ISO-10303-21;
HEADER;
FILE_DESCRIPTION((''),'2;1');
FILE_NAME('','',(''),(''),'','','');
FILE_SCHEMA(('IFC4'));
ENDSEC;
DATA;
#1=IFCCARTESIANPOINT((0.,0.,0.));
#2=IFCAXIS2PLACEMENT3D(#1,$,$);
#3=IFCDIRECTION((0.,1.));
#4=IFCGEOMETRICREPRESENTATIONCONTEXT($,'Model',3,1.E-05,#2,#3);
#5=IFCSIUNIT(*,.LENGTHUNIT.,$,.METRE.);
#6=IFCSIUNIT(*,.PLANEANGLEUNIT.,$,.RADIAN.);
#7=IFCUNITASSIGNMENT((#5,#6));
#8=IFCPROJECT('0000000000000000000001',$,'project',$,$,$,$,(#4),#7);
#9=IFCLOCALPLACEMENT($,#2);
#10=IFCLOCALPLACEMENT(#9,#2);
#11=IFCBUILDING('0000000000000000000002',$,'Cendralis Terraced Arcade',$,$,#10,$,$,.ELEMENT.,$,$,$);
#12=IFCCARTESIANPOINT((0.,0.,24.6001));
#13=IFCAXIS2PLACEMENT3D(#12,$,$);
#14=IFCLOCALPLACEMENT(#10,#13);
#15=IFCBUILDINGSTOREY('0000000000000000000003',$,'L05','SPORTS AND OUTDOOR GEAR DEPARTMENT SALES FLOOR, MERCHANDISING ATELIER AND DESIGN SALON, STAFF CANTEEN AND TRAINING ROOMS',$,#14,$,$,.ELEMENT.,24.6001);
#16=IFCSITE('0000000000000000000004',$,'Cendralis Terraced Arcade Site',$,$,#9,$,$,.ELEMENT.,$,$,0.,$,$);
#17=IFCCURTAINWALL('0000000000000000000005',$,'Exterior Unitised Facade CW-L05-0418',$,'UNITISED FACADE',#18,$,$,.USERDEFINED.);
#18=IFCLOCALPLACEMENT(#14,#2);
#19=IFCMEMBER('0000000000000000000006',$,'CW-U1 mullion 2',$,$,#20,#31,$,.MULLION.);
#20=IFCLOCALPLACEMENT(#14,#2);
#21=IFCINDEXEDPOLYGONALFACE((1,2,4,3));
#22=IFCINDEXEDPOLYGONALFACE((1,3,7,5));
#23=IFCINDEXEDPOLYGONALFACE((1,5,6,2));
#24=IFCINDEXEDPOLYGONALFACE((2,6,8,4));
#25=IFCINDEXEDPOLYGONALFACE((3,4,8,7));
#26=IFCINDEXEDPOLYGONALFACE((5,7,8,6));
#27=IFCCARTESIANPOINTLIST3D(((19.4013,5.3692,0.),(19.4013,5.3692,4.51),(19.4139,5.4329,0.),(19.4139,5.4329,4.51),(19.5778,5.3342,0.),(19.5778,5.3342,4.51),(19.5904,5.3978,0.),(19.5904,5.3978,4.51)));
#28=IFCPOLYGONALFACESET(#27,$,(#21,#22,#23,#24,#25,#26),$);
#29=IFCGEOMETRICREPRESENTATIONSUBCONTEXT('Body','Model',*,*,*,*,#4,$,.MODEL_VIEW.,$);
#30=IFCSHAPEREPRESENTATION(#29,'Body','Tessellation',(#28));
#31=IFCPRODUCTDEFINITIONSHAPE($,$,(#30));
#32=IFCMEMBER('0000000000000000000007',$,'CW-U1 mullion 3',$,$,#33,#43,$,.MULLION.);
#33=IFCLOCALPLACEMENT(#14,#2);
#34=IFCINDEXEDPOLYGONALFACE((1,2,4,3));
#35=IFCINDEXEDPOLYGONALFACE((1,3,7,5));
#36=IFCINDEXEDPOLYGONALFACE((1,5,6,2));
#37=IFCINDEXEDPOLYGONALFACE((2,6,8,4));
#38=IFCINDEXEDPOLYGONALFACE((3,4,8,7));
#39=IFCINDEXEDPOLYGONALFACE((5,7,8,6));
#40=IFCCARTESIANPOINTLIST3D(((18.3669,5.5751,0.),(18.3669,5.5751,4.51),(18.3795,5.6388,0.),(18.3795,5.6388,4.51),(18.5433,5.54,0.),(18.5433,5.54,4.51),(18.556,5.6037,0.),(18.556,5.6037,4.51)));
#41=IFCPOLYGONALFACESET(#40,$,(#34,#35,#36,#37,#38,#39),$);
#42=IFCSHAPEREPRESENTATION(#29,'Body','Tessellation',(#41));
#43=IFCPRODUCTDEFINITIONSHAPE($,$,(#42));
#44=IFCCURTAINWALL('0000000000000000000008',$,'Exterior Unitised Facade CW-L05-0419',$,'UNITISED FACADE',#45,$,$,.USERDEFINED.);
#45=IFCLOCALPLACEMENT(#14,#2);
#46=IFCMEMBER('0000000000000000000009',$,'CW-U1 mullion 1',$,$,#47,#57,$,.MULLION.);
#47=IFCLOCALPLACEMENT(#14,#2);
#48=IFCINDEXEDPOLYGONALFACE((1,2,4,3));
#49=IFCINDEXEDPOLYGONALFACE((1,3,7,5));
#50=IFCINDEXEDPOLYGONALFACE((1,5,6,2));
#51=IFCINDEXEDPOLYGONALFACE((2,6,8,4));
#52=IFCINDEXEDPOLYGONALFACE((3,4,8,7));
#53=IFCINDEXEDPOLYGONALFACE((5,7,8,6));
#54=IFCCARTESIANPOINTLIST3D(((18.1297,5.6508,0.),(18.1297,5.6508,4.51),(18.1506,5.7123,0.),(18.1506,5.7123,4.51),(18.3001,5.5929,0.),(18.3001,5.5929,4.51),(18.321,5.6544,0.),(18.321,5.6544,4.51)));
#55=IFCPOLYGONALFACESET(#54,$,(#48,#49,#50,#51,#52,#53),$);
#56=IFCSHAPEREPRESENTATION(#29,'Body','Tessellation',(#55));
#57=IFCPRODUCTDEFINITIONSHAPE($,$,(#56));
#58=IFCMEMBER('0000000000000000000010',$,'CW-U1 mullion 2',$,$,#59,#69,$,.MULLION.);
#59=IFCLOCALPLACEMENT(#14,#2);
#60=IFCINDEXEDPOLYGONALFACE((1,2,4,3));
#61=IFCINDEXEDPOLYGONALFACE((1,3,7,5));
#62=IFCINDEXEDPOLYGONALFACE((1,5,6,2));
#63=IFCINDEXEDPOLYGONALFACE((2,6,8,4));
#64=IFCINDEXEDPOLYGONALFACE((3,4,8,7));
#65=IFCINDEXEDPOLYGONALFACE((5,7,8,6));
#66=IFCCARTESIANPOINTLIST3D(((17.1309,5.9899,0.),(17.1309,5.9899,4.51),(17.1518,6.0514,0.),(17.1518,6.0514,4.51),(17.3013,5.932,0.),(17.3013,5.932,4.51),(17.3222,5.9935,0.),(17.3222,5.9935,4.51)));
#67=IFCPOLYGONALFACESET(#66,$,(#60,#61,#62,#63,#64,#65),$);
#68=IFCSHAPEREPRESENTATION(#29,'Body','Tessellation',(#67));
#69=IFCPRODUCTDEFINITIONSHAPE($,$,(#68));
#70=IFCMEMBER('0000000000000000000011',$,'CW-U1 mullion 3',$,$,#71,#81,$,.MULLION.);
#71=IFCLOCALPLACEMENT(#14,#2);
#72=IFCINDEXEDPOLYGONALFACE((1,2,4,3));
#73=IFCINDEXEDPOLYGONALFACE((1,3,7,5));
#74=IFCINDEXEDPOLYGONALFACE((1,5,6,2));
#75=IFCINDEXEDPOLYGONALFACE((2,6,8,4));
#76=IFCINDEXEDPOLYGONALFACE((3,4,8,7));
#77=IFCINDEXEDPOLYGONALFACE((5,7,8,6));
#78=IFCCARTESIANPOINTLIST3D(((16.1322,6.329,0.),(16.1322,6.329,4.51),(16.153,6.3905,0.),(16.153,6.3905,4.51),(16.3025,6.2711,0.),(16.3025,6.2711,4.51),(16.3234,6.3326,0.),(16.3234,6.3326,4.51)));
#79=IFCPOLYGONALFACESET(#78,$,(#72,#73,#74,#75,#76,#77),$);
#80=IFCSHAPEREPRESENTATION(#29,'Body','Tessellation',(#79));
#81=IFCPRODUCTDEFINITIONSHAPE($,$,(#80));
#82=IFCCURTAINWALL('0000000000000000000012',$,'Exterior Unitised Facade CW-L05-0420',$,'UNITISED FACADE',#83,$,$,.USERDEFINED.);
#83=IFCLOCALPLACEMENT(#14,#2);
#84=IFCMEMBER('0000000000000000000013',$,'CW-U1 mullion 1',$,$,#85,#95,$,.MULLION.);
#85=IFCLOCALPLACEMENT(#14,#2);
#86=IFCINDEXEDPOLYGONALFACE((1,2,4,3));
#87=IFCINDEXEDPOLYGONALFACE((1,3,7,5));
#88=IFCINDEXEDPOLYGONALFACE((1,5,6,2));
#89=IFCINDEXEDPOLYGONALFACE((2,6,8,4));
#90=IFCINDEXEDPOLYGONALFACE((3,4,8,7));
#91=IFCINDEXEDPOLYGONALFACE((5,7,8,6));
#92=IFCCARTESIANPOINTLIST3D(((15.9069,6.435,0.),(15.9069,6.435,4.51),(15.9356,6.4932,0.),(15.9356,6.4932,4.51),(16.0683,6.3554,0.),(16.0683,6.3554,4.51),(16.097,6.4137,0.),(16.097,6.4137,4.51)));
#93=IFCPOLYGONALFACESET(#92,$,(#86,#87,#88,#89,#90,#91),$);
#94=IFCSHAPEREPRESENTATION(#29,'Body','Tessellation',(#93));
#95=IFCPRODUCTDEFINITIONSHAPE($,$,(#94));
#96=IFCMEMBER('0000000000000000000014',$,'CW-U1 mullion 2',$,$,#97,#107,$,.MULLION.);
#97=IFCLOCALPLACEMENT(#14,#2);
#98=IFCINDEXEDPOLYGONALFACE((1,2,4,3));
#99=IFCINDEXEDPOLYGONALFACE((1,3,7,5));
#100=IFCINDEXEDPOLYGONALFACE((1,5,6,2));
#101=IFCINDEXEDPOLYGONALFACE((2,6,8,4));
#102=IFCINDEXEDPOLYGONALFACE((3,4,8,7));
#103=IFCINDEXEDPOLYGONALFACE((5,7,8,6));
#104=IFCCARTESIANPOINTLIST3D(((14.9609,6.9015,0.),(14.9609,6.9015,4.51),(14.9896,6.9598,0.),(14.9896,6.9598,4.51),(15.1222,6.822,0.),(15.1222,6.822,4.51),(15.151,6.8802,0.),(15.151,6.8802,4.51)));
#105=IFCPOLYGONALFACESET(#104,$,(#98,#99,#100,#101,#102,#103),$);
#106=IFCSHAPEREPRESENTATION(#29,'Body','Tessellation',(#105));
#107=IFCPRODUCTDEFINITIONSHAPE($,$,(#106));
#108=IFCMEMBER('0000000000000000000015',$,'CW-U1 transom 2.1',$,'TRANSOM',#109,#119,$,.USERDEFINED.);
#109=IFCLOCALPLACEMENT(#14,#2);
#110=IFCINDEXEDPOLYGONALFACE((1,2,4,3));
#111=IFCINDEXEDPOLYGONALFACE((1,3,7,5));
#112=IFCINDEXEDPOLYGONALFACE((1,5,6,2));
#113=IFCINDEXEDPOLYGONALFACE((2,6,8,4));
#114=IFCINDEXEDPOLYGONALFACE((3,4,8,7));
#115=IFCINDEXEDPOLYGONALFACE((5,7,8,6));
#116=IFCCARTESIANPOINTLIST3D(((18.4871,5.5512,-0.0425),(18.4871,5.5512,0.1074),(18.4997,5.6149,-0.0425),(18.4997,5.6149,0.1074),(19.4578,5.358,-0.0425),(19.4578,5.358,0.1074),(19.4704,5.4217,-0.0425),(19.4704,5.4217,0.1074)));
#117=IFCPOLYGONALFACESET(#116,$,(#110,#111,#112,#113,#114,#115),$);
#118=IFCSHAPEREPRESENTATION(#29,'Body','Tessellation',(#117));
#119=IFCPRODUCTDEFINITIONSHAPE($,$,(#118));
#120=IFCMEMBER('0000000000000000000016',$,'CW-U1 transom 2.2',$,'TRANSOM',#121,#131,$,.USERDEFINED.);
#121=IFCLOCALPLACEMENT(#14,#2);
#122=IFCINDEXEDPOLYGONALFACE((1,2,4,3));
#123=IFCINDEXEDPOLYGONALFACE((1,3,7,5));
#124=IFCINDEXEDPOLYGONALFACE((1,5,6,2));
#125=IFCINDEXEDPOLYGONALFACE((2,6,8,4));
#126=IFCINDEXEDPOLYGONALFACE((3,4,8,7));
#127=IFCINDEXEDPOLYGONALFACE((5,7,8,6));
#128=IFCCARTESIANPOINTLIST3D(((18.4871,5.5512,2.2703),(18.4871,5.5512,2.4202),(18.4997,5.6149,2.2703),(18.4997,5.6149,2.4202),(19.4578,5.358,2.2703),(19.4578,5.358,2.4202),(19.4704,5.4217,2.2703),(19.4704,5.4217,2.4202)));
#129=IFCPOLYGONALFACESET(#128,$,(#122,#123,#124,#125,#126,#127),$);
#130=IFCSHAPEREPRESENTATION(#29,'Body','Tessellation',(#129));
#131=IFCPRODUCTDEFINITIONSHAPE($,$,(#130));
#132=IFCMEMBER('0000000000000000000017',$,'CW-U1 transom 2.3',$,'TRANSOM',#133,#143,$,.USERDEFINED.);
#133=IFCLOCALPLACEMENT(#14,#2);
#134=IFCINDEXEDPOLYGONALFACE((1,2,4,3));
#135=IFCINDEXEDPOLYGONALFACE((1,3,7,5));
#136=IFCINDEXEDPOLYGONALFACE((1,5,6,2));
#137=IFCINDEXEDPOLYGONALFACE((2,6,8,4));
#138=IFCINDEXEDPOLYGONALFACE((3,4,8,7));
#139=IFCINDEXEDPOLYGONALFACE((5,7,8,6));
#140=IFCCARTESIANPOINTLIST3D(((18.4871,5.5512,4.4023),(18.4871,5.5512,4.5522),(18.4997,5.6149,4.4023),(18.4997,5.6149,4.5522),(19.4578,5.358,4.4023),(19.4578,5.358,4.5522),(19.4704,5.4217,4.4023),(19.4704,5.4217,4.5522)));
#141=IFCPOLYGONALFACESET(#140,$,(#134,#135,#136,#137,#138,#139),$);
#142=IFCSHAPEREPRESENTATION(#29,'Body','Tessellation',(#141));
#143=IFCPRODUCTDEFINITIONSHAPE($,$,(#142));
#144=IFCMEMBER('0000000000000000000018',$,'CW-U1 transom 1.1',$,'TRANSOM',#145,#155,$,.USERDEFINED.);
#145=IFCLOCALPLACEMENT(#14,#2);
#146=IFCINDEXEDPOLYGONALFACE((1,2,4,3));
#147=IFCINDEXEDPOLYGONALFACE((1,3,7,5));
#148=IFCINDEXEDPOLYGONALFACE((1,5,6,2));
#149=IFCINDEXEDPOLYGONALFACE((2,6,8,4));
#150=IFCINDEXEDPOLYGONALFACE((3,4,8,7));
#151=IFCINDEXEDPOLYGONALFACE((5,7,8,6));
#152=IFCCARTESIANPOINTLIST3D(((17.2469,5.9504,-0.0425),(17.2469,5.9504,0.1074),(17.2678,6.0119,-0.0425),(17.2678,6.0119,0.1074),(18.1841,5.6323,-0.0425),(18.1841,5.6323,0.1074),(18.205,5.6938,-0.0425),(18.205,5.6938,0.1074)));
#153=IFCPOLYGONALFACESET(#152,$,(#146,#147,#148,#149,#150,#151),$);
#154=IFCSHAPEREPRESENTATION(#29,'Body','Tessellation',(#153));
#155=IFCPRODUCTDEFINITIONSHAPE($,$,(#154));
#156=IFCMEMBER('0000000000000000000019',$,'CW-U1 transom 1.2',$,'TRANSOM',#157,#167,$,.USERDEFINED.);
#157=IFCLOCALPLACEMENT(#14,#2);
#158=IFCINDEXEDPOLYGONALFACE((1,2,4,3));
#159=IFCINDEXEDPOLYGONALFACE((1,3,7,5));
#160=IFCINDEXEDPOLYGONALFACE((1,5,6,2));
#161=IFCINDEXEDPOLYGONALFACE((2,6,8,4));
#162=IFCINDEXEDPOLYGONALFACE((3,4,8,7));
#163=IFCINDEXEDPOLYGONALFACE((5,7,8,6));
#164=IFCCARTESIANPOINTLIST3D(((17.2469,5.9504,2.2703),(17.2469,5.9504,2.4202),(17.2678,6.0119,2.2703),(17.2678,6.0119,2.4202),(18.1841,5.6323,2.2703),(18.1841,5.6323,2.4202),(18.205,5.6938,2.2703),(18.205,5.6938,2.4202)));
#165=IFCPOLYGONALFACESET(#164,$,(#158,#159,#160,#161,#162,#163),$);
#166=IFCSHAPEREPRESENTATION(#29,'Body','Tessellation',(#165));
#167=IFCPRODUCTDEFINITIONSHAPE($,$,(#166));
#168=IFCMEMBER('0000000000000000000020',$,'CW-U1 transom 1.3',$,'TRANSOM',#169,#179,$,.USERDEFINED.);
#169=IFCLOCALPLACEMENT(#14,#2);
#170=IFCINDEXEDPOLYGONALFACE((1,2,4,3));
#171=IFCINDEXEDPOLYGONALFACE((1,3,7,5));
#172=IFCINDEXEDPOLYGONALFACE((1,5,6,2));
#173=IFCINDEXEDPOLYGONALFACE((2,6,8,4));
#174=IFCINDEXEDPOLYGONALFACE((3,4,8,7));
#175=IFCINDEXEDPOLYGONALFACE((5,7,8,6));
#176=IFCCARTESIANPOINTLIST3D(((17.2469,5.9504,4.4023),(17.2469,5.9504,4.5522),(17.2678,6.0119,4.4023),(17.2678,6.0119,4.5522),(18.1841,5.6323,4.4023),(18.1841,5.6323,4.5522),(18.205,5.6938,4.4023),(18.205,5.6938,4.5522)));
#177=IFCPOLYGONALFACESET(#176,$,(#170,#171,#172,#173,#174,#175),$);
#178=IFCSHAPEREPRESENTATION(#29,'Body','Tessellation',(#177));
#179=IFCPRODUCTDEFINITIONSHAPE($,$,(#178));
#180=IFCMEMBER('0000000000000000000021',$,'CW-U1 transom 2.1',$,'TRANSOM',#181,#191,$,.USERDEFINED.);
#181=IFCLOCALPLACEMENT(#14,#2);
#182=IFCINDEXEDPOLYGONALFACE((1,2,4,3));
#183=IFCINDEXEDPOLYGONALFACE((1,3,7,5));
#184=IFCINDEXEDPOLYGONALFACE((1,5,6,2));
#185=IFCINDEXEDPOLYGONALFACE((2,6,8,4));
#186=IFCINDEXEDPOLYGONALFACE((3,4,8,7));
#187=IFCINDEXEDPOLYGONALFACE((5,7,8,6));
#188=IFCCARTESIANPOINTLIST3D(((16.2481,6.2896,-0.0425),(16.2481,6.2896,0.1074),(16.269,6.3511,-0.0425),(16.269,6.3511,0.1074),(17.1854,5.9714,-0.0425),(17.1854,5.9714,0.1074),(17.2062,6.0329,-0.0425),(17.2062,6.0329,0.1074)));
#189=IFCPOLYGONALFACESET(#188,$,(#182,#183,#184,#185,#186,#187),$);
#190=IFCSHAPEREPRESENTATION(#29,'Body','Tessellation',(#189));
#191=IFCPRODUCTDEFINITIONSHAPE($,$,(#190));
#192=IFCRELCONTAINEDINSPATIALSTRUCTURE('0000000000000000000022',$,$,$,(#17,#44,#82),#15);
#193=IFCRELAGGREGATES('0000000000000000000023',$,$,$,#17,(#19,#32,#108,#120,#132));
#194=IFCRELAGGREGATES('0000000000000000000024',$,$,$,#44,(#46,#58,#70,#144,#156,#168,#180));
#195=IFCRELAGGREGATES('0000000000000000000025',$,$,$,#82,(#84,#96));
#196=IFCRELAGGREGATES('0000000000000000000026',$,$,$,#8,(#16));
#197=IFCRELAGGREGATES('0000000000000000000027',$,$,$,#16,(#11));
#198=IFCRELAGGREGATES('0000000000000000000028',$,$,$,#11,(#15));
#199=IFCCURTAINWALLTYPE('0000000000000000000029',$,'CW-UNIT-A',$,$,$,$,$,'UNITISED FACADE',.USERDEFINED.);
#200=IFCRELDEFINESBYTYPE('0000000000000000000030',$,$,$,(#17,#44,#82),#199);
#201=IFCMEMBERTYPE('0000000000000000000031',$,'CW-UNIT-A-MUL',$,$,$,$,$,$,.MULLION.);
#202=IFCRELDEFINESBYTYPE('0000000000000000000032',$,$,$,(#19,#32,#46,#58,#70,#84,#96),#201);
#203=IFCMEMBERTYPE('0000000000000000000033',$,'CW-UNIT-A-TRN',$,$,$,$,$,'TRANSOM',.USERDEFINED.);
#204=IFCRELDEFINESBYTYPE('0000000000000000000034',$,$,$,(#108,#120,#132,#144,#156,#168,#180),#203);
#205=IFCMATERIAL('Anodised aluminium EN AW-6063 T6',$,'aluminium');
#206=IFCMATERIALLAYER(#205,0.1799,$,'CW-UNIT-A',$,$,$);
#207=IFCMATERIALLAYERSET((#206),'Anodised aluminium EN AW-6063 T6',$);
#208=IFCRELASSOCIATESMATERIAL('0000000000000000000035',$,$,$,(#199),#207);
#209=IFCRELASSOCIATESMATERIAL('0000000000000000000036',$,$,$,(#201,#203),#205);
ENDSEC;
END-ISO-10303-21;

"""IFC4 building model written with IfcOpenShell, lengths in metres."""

from ifc_helpers import new_model, si_unit, direction, frame, origin, origin_2d, place, context, subcontext, project, spatial, rectangle, extrude, material, layer, layer_set, material_profile, profile_set, type_object, element, aggregate, save


model = new_model("IFC4")

# Units and contexts
model_context = context("Model", 3, precision=1e-05, world=origin(), true_north=direction((0.0, 1.0)))
body_context = subcontext(model_context, "Body", "Model", "MODEL_VIEW")
ifc_project = project(units=[si_unit("LENGTHUNIT", "METRE"), si_unit("PLANEANGLEUNIT", "RADIAN")], contexts=[model_context])

# Site, building, storey
site_placement = place(None, origin())
site = spatial("IfcSite", under=ifc_project, at=site_placement, Name="Cendralis Terraced Arcade Site", CompositionType="ELEMENT", RefElevation=0.0)
building_placement = place(site_placement, origin())
building = spatial("IfcBuilding", under=site, at=building_placement, Name="Cendralis Terraced Arcade", CompositionType="ELEMENT")
storey_placement = place(building_placement, frame((0.0, 0.0, 24.6001)))
storey = spatial("IfcBuildingStorey", under=building, at=storey_placement, Name="L05", Description="SPORTS AND OUTDOOR GEAR DEPARTMENT SALES FLOOR, MERCHANDISING ATELIER AND DESIGN SALON, STAFF CANTEEN AND TRAINING ROOMS", CompositionType="ELEMENT", Elevation=24.6001)

# Curtain walls, members
ifc_material_1 = material(Name="Anodised aluminium EN AW-6063 T6", Category="aluminium")
ifc_layer_1 = layer(ifc_material_1, 0.1799, Name="CW-UNIT-A")
ifc_layer_set_1 = layer_set([ifc_layer_1], Name="Anodised aluminium EN AW-6063 T6")
curtain_wall_type = type_object("IfcCurtainWallType", Name="CW-UNIT-A", ElementType="UNITISED FACADE", PredefinedType="USERDEFINED", material=ifc_layer_set_1)
curtain_wall_1_placement = place(storey_placement, origin())
curtain_wall_1 = element("IfcCurtainWall", 1, at=curtain_wall_1_placement, inside=storey, type_object=curtain_wall_type, Name="Exterior Unitised Facade CW-L05-0418", ObjectType="UNITISED FACADE", PredefinedType="USERDEFINED")
ifc_material_profile_1 = material_profile(ifc_material_1, rectangle(XDim=0.0649, YDim=0.1799, at=origin_2d()), Name="ALU-MUL-65x180")
ifc_profile_set_1 = profile_set([ifc_material_profile_1], Name="Anodised aluminium EN AW-6063 T6")
member_type_1 = type_object("IfcMemberType", Name="CW-UNIT-A-MUL", PredefinedType="MULLION", material=ifc_profile_set_1)
member_1_placement = place(storey_placement, frame((19.4958, 5.3835, 0.0), z_axis=(0.0, 0.0, 1.0), x_axis=(-0.195046, -0.980794, 0.0)))
member_1 = element("IfcMember", 2, at=member_1_placement, type_object=member_type_1, Name="CW-U1 mullion 2", PredefinedType="MULLION", context=body_context, shape_type="SweptSolid", body=[
    extrude(rectangle(XDim=0.0649, YDim=0.1799, at=origin_2d()), origin(), (0.0, 0.0, 1.0), 4.51),
])
member_2_placement = place(storey_placement, frame((18.4614, 5.5894, 0.0), z_axis=(0.0, 0.0, 1.0), x_axis=(-0.195046, -0.980794, 0.0)))
member_2 = element("IfcMember", 3, at=member_2_placement, type_object=member_type_1, Name="CW-U1 mullion 3", PredefinedType="MULLION", context=body_context, shape_type="SweptSolid", body=[
    extrude(rectangle(XDim=0.0649, YDim=0.1799, at=origin_2d()), origin(), (0.0, 0.0, 1.0), 4.51),
])
curtain_wall_2_placement = place(storey_placement, origin())
curtain_wall_2 = element("IfcCurtainWall", 4, at=curtain_wall_2_placement, inside=storey, type_object=curtain_wall_type, Name="Exterior Unitised Facade CW-L05-0419", ObjectType="UNITISED FACADE", PredefinedType="USERDEFINED")
member_3_placement = place(storey_placement, frame((18.2253, 5.6526, 0.0), z_axis=(0.0, 0.0, 1.0), x_axis=(-0.321479, -0.946917, 0.0)))
member_3 = element("IfcMember", 5, at=member_3_placement, type_object=member_type_1, Name="CW-U1 mullion 1", PredefinedType="MULLION", context=body_context, shape_type="SweptSolid", body=[
    extrude(rectangle(XDim=0.0649, YDim=0.1799, at=origin_2d()), origin(), (0.0, 0.0, 1.0), 4.51),
])
member_4_placement = place(storey_placement, frame((17.2266, 5.9917, 0.0), z_axis=(0.0, 0.0, 1.0), x_axis=(-0.321479, -0.946917, 0.0)))
member_4 = element("IfcMember", 6, at=member_4_placement, type_object=member_type_1, Name="CW-U1 mullion 2", PredefinedType="MULLION", context=body_context, shape_type="SweptSolid", body=[
    extrude(rectangle(XDim=0.0649, YDim=0.1799, at=origin_2d()), origin(), (0.0, 0.0, 1.0), 4.51),
])
member_5_placement = place(storey_placement, frame((16.2278, 6.3308, 0.0), z_axis=(0.0, 0.0, 1.0), x_axis=(-0.321479, -0.946917, 0.0)))
member_5 = element("IfcMember", 7, at=member_5_placement, type_object=member_type_1, Name="CW-U1 mullion 3", PredefinedType="MULLION", context=body_context, shape_type="SweptSolid", body=[
    extrude(rectangle(XDim=0.0649, YDim=0.1799, at=origin_2d()), origin(), (0.0, 0.0, 1.0), 4.51),
])
curtain_wall_3_placement = place(storey_placement, origin())
curtain_wall_3 = element("IfcCurtainWall", 8, at=curtain_wall_3_placement, inside=storey, type_object=curtain_wall_type, Name="Exterior Unitised Facade CW-L05-0420", ObjectType="UNITISED FACADE", PredefinedType="USERDEFINED")
member_6_placement = place(storey_placement, frame((16.002, 6.4243, 0.0), z_axis=(0.0, 0.0, 1.0), x_axis=(-0.442259, -0.896888, 0.0)))
member_6 = element("IfcMember", 9, at=member_6_placement, type_object=member_type_1, Name="CW-U1 mullion 1", PredefinedType="MULLION", context=body_context, shape_type="SweptSolid", body=[
    extrude(rectangle(XDim=0.0649, YDim=0.1799, at=origin_2d()), origin(), (0.0, 0.0, 1.0), 4.51),
])
member_7_placement = place(storey_placement, frame((15.0559, 6.8909, 0.0), z_axis=(0.0, 0.0, 1.0), x_axis=(-0.442259, -0.896888, 0.0)))
member_7 = element("IfcMember", 10, at=member_7_placement, type_object=member_type_1, Name="CW-U1 mullion 2", PredefinedType="MULLION", context=body_context, shape_type="SweptSolid", body=[
    extrude(rectangle(XDim=0.0649, YDim=0.1799, at=origin_2d()), origin(), (0.0, 0.0, 1.0), 4.51),
])

# Members
ifc_material_profile_2 = material_profile(ifc_material_1, rectangle(XDim=0.0649, YDim=0.1499, at=origin_2d()), Name="ALU-TRN-65x150")
ifc_profile_set_2 = profile_set([ifc_material_profile_2], Name="Anodised aluminium EN AW-6063 T6")
member_type_2 = type_object("IfcMemberType", Name="CW-UNIT-A-TRN", ElementType="TRANSOM", PredefinedType="USERDEFINED", material=ifc_profile_set_2)
member_8_placement = place(storey_placement, frame((19.4641, 5.3899, 0.0325), z_axis=(-0.980779, 0.19512, 0.0), x_axis=(-0.19512, -0.980779, 0.0)))
member_8 = element("IfcMember", 11, at=member_8_placement, type_object=member_type_2, Name="CW-U1 transom 2.1", ObjectType="TRANSOM", PredefinedType="USERDEFINED", context=body_context, shape_type="SweptSolid", body=[
    extrude(rectangle(XDim=0.0649, YDim=0.1499, at=origin_2d()), origin(), (0.0, 0.0, 1.0), 0.9897),
])
member_9_placement = place(storey_placement, frame((19.4641, 5.3899, 2.3452), z_axis=(-0.980779, 0.19512, 0.0), x_axis=(-0.19512, -0.980779, 0.0)))
member_9 = element("IfcMember", 12, at=member_9_placement, type_object=member_type_2, Name="CW-U1 transom 2.2", ObjectType="TRANSOM", PredefinedType="USERDEFINED", context=body_context, shape_type="SweptSolid", body=[
    extrude(rectangle(XDim=0.0649, YDim=0.1499, at=origin_2d()), origin(), (0.0, 0.0, 1.0), 0.9897),
])
member_10_placement = place(storey_placement, frame((19.4641, 5.3899, 4.4773), z_axis=(-0.980779, 0.19512, 0.0), x_axis=(-0.19512, -0.980779, 0.0)))
member_10 = element("IfcMember", 13, at=member_10_placement, type_object=member_type_2, Name="CW-U1 transom 2.3", ObjectType="TRANSOM", PredefinedType="USERDEFINED", context=body_context, shape_type="SweptSolid", body=[
    extrude(rectangle(XDim=0.0649, YDim=0.1499, at=origin_2d()), origin(), (0.0, 0.0, 1.0), 0.9897),
])
member_11_placement = place(storey_placement, frame((18.1946, 5.6631, 0.0325), z_axis=(-0.946943, 0.321403, 0.0), x_axis=(-0.321403, -0.946943, 0.0)))
member_11 = element("IfcMember", 14, at=member_11_placement, type_object=member_type_2, Name="CW-U1 transom 1.1", ObjectType="TRANSOM", PredefinedType="USERDEFINED", context=body_context, shape_type="SweptSolid", body=[
    extrude(rectangle(XDim=0.0649, YDim=0.1499, at=origin_2d()), origin(), (0.0, 0.0, 1.0), 0.9897),
])
member_12_placement = place(storey_placement, frame((18.1946, 5.6631, 2.3452), z_axis=(-0.946943, 0.321403, 0.0), x_axis=(-0.321403, -0.946943, 0.0)))
member_12 = element("IfcMember", 15, at=member_12_placement, type_object=member_type_2, Name="CW-U1 transom 1.2", ObjectType="TRANSOM", PredefinedType="USERDEFINED", context=body_context, shape_type="SweptSolid", body=[
    extrude(rectangle(XDim=0.0649, YDim=0.1499, at=origin_2d()), origin(), (0.0, 0.0, 1.0), 0.9897),
])
member_13_placement = place(storey_placement, frame((18.1946, 5.6631, 4.4773), z_axis=(-0.946943, 0.321403, 0.0), x_axis=(-0.321403, -0.946943, 0.0)))
member_13 = element("IfcMember", 16, at=member_13_placement, type_object=member_type_2, Name="CW-U1 transom 1.3", ObjectType="TRANSOM", PredefinedType="USERDEFINED", context=body_context, shape_type="SweptSolid", body=[
    extrude(rectangle(XDim=0.0649, YDim=0.1499, at=origin_2d()), origin(), (0.0, 0.0, 1.0), 0.9897),
])
member_14_placement = place(storey_placement, frame((17.1958, 6.0022, 0.0325), z_axis=(-0.946943, 0.321403, 0.0), x_axis=(-0.321403, -0.946943, 0.0)))
member_14 = element("IfcMember", 17, at=member_14_placement, type_object=member_type_2, Name="CW-U1 transom 2.1", ObjectType="TRANSOM", PredefinedType="USERDEFINED", context=body_context, shape_type="SweptSolid", body=[
    extrude(rectangle(XDim=0.0649, YDim=0.1499, at=origin_2d()), origin(), (0.0, 0.0, 1.0), 0.9897),
])

aggregate(curtain_wall_1, [member_1, member_2, member_8, member_9, member_10])
aggregate(curtain_wall_2, [member_3, member_4, member_5, member_11, member_12, member_13, member_14])
aggregate(curtain_wall_3, [member_6, member_7])

save(model, "model.ifc")
